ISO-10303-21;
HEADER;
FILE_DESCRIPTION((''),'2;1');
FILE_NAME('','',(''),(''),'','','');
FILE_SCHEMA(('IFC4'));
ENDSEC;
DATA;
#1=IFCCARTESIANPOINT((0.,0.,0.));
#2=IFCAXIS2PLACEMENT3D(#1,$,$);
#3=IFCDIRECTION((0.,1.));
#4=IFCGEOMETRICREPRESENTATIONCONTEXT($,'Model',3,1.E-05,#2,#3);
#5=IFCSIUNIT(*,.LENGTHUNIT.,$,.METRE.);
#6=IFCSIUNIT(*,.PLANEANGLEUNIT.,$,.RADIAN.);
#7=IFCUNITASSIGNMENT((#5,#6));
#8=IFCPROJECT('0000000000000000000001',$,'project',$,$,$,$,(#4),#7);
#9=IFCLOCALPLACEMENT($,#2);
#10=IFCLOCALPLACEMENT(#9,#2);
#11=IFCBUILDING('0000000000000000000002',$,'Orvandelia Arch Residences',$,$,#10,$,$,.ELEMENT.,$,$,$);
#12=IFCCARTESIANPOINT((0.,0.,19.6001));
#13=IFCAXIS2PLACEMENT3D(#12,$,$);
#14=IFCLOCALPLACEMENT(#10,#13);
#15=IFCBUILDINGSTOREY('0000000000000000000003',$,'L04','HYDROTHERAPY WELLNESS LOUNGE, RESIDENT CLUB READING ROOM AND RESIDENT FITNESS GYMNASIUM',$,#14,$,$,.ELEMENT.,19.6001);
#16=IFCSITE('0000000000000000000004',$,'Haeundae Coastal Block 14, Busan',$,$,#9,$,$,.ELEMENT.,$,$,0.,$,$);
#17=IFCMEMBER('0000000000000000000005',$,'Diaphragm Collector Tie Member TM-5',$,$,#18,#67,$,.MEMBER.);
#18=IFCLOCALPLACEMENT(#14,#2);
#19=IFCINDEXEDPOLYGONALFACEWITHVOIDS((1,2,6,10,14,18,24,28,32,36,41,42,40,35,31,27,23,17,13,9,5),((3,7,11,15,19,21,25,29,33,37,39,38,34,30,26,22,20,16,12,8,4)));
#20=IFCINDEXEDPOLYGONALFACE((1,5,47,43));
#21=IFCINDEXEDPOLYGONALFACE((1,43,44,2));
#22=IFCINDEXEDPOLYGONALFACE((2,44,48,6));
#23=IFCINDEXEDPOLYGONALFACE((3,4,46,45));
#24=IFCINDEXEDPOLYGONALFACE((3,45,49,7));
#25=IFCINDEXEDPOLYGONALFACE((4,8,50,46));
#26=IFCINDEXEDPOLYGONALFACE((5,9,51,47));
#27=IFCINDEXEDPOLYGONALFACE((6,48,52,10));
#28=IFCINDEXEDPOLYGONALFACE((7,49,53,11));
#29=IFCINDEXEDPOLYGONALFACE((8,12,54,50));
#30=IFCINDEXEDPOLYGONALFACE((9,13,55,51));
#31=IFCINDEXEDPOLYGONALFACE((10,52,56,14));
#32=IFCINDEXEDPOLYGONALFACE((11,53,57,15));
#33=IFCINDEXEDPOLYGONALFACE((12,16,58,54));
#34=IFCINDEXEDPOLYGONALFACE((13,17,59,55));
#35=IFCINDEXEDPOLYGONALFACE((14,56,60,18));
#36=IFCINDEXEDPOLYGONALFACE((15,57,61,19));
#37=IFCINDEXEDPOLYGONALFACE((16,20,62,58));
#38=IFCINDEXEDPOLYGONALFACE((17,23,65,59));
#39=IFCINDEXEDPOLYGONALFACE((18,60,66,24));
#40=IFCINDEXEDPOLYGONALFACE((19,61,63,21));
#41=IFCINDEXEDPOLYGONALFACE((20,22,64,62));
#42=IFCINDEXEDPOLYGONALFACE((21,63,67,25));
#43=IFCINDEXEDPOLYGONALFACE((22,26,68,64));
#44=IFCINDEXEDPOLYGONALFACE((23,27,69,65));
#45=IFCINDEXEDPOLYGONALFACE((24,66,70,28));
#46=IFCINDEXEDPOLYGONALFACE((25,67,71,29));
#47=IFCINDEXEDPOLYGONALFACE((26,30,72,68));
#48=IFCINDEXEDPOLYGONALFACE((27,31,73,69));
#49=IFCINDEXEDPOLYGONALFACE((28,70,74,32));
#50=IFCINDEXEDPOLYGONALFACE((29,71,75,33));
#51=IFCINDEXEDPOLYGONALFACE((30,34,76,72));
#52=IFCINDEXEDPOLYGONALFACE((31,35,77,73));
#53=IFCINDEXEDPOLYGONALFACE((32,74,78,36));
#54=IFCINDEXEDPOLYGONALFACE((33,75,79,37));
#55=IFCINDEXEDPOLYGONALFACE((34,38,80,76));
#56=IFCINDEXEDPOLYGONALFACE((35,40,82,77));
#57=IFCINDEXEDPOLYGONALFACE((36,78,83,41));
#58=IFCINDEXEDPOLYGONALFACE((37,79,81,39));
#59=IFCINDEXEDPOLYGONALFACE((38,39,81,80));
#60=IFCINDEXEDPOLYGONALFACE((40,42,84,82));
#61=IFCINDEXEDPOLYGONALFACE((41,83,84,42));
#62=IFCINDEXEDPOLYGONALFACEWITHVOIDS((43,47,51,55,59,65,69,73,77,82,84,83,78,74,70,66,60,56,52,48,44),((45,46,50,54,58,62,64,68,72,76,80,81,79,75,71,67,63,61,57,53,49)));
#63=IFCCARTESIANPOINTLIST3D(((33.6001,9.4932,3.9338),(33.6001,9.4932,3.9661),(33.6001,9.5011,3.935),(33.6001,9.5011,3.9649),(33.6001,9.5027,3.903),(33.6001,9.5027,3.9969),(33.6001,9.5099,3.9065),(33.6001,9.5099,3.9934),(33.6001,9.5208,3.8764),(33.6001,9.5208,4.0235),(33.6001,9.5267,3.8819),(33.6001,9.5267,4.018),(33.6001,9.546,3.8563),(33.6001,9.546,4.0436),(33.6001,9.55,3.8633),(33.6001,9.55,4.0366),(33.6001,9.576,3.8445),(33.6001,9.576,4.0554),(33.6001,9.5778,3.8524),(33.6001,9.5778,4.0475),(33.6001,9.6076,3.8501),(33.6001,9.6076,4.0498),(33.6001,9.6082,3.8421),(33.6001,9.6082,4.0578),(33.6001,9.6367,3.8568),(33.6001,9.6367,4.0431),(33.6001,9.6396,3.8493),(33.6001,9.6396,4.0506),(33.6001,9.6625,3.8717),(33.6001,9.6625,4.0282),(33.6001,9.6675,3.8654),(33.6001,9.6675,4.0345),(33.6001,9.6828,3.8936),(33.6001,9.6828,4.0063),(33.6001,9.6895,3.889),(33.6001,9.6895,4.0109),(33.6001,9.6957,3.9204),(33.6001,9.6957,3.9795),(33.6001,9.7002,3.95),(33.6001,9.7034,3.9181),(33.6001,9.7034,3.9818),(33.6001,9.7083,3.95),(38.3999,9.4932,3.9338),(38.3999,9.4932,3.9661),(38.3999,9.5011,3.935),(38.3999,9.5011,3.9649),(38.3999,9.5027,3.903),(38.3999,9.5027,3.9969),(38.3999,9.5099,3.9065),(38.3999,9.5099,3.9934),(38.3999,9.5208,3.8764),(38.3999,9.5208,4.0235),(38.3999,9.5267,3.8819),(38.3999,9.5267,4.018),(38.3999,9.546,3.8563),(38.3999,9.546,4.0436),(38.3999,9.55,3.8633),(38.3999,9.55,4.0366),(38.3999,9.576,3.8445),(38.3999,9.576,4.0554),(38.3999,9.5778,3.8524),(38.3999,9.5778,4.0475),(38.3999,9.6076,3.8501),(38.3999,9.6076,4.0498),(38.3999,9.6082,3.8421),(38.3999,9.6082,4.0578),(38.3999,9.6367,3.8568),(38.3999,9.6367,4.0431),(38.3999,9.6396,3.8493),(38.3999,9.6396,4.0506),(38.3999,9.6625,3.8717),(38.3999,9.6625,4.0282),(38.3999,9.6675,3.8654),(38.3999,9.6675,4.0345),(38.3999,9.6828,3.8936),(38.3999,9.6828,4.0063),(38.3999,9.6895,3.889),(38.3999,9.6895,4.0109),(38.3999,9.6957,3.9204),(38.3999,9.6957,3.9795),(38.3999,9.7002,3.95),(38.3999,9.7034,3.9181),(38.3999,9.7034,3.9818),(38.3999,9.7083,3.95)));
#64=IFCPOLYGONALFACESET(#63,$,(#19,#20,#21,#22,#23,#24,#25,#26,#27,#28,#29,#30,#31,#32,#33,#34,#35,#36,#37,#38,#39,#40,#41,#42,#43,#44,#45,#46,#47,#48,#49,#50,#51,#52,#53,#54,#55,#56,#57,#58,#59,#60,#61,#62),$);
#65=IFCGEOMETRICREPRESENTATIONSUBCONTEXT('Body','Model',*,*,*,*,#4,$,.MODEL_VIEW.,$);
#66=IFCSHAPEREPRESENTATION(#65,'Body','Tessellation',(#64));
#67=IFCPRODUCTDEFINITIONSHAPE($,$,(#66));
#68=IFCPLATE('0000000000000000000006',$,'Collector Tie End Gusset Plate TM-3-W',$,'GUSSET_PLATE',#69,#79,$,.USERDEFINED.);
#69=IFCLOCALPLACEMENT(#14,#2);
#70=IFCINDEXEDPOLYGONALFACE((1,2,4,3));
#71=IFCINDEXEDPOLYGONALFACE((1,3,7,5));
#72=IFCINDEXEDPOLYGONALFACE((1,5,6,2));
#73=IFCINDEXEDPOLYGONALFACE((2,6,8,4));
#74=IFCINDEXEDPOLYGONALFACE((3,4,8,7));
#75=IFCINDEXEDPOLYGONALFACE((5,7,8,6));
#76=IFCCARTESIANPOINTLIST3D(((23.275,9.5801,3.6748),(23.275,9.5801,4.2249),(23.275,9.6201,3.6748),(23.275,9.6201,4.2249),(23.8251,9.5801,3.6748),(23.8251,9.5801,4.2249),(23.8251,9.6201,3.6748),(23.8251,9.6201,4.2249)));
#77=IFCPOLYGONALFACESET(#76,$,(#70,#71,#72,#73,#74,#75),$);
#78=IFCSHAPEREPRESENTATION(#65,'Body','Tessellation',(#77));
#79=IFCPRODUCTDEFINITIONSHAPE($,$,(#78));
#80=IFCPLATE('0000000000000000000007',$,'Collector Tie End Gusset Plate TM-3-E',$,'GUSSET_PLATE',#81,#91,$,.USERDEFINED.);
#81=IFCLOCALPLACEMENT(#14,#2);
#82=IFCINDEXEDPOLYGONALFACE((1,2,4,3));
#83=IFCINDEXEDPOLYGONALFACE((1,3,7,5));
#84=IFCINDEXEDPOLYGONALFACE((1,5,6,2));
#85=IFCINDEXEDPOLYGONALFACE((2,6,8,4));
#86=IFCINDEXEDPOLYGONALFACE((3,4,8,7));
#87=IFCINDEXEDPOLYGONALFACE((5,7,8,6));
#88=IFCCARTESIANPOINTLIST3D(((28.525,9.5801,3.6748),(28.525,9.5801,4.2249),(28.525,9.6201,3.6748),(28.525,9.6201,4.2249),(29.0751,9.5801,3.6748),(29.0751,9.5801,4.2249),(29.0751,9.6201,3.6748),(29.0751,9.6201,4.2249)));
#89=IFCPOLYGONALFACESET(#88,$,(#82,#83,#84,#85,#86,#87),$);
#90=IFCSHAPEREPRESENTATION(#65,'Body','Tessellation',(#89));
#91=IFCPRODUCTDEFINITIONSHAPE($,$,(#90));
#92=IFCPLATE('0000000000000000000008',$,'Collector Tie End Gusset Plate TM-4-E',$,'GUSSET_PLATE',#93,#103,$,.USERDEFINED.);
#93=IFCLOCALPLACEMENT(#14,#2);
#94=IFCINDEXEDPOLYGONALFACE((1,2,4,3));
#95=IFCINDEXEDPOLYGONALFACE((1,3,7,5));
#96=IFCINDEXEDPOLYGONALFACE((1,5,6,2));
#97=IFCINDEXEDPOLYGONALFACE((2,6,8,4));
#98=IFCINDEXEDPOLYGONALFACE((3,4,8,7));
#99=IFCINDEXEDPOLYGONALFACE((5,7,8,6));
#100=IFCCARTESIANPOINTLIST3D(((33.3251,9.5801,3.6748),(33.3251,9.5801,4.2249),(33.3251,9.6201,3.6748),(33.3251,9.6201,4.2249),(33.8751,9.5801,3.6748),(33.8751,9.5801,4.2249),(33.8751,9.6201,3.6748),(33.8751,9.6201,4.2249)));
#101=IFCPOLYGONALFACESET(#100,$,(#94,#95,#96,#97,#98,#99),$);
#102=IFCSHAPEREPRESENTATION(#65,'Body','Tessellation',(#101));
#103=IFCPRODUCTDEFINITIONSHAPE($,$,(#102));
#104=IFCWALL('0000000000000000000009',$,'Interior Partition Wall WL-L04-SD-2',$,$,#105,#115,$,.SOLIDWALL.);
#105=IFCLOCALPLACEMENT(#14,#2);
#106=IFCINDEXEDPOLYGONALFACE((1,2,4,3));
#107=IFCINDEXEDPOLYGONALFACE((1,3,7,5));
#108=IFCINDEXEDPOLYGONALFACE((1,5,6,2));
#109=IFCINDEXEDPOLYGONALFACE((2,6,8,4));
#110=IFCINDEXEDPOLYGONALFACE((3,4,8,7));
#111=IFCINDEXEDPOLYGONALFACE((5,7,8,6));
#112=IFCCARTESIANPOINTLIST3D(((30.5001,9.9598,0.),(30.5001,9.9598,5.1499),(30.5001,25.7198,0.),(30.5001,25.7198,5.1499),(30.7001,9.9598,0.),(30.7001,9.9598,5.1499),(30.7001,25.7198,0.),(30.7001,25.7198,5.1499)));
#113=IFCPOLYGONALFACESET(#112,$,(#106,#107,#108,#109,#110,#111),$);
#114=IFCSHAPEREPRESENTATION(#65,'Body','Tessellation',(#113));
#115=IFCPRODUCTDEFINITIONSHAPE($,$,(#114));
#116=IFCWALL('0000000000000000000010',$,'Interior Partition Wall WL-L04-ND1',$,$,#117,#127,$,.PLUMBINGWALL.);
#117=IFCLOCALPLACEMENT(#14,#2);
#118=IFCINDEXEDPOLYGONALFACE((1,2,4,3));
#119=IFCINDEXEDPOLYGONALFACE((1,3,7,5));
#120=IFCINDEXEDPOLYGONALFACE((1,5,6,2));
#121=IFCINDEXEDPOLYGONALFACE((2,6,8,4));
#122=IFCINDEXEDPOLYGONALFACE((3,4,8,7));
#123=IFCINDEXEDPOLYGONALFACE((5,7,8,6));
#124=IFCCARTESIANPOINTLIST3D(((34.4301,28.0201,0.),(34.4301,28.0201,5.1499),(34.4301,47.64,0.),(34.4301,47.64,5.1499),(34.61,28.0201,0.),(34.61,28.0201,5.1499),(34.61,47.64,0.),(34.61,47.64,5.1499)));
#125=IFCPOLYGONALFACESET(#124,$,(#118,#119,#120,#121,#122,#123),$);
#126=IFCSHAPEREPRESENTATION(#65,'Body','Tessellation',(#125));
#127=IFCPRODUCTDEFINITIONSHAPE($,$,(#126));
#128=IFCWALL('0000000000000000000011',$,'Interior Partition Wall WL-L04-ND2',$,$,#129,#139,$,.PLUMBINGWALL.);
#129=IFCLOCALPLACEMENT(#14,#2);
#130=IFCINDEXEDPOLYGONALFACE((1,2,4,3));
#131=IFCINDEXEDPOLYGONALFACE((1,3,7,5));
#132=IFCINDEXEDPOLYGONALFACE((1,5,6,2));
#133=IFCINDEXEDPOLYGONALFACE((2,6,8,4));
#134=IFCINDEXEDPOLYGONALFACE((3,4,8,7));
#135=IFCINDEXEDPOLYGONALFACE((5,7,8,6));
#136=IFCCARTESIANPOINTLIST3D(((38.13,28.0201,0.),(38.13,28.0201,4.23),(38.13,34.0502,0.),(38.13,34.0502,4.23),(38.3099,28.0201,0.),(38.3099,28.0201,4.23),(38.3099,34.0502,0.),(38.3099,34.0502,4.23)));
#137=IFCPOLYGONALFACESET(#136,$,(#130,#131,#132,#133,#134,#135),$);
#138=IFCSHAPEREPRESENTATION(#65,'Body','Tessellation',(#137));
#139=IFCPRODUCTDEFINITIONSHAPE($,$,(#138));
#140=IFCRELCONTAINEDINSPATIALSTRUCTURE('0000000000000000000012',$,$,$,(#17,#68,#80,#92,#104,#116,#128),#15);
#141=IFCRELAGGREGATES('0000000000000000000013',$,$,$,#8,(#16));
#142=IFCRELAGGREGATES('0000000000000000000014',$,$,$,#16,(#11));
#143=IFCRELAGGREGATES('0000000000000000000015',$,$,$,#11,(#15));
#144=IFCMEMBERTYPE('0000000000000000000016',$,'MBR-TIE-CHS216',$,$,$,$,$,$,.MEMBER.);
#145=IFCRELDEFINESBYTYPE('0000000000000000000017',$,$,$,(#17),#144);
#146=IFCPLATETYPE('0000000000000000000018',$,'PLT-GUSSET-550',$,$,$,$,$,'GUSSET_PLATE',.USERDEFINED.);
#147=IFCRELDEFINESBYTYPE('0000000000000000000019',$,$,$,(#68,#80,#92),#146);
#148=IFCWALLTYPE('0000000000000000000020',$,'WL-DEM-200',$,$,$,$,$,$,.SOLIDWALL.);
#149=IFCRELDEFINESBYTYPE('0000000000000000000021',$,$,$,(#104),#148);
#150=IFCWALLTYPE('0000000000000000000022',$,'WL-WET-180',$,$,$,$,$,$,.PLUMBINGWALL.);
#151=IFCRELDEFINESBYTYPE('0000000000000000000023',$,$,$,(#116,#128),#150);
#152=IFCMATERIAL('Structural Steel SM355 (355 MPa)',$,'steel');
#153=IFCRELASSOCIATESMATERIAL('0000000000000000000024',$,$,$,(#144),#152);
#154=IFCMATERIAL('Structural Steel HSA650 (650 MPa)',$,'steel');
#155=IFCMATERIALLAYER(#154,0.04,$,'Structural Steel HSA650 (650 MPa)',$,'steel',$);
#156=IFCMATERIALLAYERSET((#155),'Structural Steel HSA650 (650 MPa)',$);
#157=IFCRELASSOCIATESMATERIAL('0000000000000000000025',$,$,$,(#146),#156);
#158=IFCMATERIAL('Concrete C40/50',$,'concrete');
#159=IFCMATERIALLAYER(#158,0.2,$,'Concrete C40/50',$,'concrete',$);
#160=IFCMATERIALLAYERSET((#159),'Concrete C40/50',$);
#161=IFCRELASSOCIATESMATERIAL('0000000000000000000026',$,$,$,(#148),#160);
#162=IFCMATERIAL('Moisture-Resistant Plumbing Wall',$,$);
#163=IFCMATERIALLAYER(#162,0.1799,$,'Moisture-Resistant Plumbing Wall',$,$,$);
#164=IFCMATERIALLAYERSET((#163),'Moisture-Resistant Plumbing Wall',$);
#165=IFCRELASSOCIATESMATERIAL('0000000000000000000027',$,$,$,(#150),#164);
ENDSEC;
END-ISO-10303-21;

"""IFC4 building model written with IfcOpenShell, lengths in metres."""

from ifc_helpers import new_model, si_unit, direction, frame, frame_2d, origin, origin_2d, place, context, subcontext, project, spatial, rectangle, hollow_circle, extrude, material, layer, layer_set, material_profile, profile_set, type_object, element, save


model = new_model("IFC4")

# Units and contexts
model_context = context("Model", 3, precision=1e-05, world=origin(), true_north=direction((0.0, 1.0)))
body_context = subcontext(model_context, "Body", "Model", "MODEL_VIEW")
ifc_project = project(units=[si_unit("LENGTHUNIT", "METRE"), si_unit("PLANEANGLEUNIT", "RADIAN")], contexts=[model_context])

# Site, building, storey
site_placement = place(None, origin())
site = spatial("IfcSite", under=ifc_project, at=site_placement, Name="Haeundae Coastal Block 14, Busan", CompositionType="ELEMENT", RefElevation=0.0)
building_placement = place(site_placement, origin())
building = spatial("IfcBuilding", under=site, at=building_placement, Name="Orvandelia Arch Residences", CompositionType="ELEMENT")
storey_placement = place(building_placement, frame((0.0, 0.0, 19.6001)))
storey = spatial("IfcBuildingStorey", under=building, at=storey_placement, Name="L04", Description="HYDROTHERAPY WELLNESS LOUNGE, RESIDENT CLUB READING ROOM AND RESIDENT FITNESS GYMNASIUM", CompositionType="ELEMENT", Elevation=19.6001)

# Shared definitions
ifc_material_1 = material(Name="Structural Steel HSA650 (650 MPa)", Category="steel")

# Member
ifc_material_2 = material(Name="Structural Steel SM355 (355 MPa)", Category="steel")
ifc_material_profile_1 = material_profile(ifc_material_2, hollow_circle(Radius=0.1082, WallThickness=0.0081, at=origin_2d()), Name="Structural Steel SM355 (355 MPa)", Category="steel")
ifc_profile_set_1 = profile_set([ifc_material_profile_1], Name="Structural Steel SM355 (355 MPa)")
member_type = type_object("IfcMemberType", Name="MBR-TIE-CHS216", PredefinedType="MEMBER", material=ifc_profile_set_1)
member_1_placement = place(storey_placement, frame((33.6001, 9.6001, 3.95), z_axis=(1.0, 0.0, 0.0), x_axis=(0.0, 1.0, 0.0)))
element("IfcMember", 1, at=member_1_placement, inside=storey, type_object=member_type, Name="Diaphragm Collector Tie Member TM-5", PredefinedType="MEMBER", context=body_context, shape_type="SweptSolid", body=[
    extrude(hollow_circle(Radius=0.1082, WallThickness=0.0081, at=origin_2d()), origin(), (0.0, 0.0, 1.0), 4.7998),
])

# Plates
ifc_layer_1 = layer(ifc_material_1, 0.04, Name="Structural Steel HSA650 (650 MPa)", Category="steel")
ifc_layer_set_1 = layer_set([ifc_layer_1], Name="Structural Steel HSA650 (650 MPa)")
plate_type = type_object("IfcPlateType", Name="PLT-GUSSET-550", ElementType="GUSSET_PLATE", PredefinedType="USERDEFINED", material=ifc_layer_set_1)
for number, where, z_axis, x_axis, name in (
    (2, (23.55, 9.6001, 3.6748), (0.0, 0.0, 1.0), (1.0, 0.0, 0.0), "Collector Tie End Gusset Plate TM-3-W"),
    (3, (28.8, 9.6001, 3.6748), (0.0, 0.0, 1.0), (1.0, 0.0, 0.0), "Collector Tie End Gusset Plate TM-3-E"),
    (4, (33.6001, 9.6001, 3.6748), (0.0, 0.0, 1.0), (1.0, 0.0, 0.0), "Collector Tie End Gusset Plate TM-4-E"),
):
    element("IfcPlate", number, at=place(storey_placement, frame(where, z_axis=z_axis, x_axis=x_axis)), inside=storey, type_object=plate_type, Name=name, ObjectType="GUSSET_PLATE", PredefinedType="USERDEFINED", context=body_context, shape_type="SweptSolid", body=[
        extrude(rectangle(XDim=0.55, YDim=0.04, at=origin_2d()), origin(), (0.0, 0.0, 1.0), 0.55),
    ])

# Walls
ifc_material_3 = material(Name="Concrete C40/50", Category="concrete")
ifc_layer_2 = layer(ifc_material_3, 0.2, Name="Concrete C40/50", Category="concrete")
ifc_layer_set_2 = layer_set([ifc_layer_2], Name="Concrete C40/50")
wall_type_1 = type_object("IfcWallType", Name="WL-DEM-200", PredefinedType="SOLIDWALL", material=ifc_layer_set_2)
wall_1_placement = place(storey_placement, frame((30.6001, 9.96, 0.0), z_axis=(0.0, 0.0, 1.0), x_axis=(0.0, 1.0, 0.0)))
element("IfcWall", 5, at=wall_1_placement, inside=storey, type_object=wall_type_1, Name="Interior Partition Wall WL-L04-SD-2", PredefinedType="SOLIDWALL", context=body_context, shape_type="SweptSolid", body=[
    extrude(rectangle(XDim=15.76, YDim=0.2, at=frame_2d((7.8799, 0.0))), origin(), (0.0, 0.0, 1.0), 5.1499),
])
ifc_material_4 = material(Name="Moisture-Resistant Plumbing Wall")
ifc_layer_3 = layer(ifc_material_4, 0.1799, Name="Moisture-Resistant Plumbing Wall")
ifc_layer_set_3 = layer_set([ifc_layer_3], Name="Moisture-Resistant Plumbing Wall")
wall_type_2 = type_object("IfcWallType", Name="WL-WET-180", PredefinedType="PLUMBINGWALL", material=ifc_layer_set_3)
wall_2_placement = place(storey_placement, frame((34.52, 28.02, 0.0), z_axis=(0.0, 0.0, 1.0), x_axis=(0.0, 1.0, 0.0)))
element("IfcWall", 6, at=wall_2_placement, inside=storey, type_object=wall_type_2, Name="Interior Partition Wall WL-L04-ND1", PredefinedType="PLUMBINGWALL", context=body_context, shape_type="SweptSolid", body=[
    extrude(rectangle(XDim=19.6199, YDim=0.1799, at=frame_2d((9.8101, 0.0))), origin(), (0.0, 0.0, 1.0), 5.1499),
])
wall_3_placement = place(storey_placement, frame((38.22, 28.02, 0.0), z_axis=(0.0, 0.0, 1.0), x_axis=(0.0, 1.0, 0.0)))
element("IfcWall", 7, at=wall_3_placement, inside=storey, type_object=wall_type_2, Name="Interior Partition Wall WL-L04-ND2", PredefinedType="PLUMBINGWALL", context=body_context, shape_type="SweptSolid", body=[
    extrude(rectangle(XDim=6.03, YDim=0.1799, at=frame_2d((3.0151, 0.0))), origin(), (0.0, 0.0, 1.0), 4.23),
])

save(model, "model.ifc")
